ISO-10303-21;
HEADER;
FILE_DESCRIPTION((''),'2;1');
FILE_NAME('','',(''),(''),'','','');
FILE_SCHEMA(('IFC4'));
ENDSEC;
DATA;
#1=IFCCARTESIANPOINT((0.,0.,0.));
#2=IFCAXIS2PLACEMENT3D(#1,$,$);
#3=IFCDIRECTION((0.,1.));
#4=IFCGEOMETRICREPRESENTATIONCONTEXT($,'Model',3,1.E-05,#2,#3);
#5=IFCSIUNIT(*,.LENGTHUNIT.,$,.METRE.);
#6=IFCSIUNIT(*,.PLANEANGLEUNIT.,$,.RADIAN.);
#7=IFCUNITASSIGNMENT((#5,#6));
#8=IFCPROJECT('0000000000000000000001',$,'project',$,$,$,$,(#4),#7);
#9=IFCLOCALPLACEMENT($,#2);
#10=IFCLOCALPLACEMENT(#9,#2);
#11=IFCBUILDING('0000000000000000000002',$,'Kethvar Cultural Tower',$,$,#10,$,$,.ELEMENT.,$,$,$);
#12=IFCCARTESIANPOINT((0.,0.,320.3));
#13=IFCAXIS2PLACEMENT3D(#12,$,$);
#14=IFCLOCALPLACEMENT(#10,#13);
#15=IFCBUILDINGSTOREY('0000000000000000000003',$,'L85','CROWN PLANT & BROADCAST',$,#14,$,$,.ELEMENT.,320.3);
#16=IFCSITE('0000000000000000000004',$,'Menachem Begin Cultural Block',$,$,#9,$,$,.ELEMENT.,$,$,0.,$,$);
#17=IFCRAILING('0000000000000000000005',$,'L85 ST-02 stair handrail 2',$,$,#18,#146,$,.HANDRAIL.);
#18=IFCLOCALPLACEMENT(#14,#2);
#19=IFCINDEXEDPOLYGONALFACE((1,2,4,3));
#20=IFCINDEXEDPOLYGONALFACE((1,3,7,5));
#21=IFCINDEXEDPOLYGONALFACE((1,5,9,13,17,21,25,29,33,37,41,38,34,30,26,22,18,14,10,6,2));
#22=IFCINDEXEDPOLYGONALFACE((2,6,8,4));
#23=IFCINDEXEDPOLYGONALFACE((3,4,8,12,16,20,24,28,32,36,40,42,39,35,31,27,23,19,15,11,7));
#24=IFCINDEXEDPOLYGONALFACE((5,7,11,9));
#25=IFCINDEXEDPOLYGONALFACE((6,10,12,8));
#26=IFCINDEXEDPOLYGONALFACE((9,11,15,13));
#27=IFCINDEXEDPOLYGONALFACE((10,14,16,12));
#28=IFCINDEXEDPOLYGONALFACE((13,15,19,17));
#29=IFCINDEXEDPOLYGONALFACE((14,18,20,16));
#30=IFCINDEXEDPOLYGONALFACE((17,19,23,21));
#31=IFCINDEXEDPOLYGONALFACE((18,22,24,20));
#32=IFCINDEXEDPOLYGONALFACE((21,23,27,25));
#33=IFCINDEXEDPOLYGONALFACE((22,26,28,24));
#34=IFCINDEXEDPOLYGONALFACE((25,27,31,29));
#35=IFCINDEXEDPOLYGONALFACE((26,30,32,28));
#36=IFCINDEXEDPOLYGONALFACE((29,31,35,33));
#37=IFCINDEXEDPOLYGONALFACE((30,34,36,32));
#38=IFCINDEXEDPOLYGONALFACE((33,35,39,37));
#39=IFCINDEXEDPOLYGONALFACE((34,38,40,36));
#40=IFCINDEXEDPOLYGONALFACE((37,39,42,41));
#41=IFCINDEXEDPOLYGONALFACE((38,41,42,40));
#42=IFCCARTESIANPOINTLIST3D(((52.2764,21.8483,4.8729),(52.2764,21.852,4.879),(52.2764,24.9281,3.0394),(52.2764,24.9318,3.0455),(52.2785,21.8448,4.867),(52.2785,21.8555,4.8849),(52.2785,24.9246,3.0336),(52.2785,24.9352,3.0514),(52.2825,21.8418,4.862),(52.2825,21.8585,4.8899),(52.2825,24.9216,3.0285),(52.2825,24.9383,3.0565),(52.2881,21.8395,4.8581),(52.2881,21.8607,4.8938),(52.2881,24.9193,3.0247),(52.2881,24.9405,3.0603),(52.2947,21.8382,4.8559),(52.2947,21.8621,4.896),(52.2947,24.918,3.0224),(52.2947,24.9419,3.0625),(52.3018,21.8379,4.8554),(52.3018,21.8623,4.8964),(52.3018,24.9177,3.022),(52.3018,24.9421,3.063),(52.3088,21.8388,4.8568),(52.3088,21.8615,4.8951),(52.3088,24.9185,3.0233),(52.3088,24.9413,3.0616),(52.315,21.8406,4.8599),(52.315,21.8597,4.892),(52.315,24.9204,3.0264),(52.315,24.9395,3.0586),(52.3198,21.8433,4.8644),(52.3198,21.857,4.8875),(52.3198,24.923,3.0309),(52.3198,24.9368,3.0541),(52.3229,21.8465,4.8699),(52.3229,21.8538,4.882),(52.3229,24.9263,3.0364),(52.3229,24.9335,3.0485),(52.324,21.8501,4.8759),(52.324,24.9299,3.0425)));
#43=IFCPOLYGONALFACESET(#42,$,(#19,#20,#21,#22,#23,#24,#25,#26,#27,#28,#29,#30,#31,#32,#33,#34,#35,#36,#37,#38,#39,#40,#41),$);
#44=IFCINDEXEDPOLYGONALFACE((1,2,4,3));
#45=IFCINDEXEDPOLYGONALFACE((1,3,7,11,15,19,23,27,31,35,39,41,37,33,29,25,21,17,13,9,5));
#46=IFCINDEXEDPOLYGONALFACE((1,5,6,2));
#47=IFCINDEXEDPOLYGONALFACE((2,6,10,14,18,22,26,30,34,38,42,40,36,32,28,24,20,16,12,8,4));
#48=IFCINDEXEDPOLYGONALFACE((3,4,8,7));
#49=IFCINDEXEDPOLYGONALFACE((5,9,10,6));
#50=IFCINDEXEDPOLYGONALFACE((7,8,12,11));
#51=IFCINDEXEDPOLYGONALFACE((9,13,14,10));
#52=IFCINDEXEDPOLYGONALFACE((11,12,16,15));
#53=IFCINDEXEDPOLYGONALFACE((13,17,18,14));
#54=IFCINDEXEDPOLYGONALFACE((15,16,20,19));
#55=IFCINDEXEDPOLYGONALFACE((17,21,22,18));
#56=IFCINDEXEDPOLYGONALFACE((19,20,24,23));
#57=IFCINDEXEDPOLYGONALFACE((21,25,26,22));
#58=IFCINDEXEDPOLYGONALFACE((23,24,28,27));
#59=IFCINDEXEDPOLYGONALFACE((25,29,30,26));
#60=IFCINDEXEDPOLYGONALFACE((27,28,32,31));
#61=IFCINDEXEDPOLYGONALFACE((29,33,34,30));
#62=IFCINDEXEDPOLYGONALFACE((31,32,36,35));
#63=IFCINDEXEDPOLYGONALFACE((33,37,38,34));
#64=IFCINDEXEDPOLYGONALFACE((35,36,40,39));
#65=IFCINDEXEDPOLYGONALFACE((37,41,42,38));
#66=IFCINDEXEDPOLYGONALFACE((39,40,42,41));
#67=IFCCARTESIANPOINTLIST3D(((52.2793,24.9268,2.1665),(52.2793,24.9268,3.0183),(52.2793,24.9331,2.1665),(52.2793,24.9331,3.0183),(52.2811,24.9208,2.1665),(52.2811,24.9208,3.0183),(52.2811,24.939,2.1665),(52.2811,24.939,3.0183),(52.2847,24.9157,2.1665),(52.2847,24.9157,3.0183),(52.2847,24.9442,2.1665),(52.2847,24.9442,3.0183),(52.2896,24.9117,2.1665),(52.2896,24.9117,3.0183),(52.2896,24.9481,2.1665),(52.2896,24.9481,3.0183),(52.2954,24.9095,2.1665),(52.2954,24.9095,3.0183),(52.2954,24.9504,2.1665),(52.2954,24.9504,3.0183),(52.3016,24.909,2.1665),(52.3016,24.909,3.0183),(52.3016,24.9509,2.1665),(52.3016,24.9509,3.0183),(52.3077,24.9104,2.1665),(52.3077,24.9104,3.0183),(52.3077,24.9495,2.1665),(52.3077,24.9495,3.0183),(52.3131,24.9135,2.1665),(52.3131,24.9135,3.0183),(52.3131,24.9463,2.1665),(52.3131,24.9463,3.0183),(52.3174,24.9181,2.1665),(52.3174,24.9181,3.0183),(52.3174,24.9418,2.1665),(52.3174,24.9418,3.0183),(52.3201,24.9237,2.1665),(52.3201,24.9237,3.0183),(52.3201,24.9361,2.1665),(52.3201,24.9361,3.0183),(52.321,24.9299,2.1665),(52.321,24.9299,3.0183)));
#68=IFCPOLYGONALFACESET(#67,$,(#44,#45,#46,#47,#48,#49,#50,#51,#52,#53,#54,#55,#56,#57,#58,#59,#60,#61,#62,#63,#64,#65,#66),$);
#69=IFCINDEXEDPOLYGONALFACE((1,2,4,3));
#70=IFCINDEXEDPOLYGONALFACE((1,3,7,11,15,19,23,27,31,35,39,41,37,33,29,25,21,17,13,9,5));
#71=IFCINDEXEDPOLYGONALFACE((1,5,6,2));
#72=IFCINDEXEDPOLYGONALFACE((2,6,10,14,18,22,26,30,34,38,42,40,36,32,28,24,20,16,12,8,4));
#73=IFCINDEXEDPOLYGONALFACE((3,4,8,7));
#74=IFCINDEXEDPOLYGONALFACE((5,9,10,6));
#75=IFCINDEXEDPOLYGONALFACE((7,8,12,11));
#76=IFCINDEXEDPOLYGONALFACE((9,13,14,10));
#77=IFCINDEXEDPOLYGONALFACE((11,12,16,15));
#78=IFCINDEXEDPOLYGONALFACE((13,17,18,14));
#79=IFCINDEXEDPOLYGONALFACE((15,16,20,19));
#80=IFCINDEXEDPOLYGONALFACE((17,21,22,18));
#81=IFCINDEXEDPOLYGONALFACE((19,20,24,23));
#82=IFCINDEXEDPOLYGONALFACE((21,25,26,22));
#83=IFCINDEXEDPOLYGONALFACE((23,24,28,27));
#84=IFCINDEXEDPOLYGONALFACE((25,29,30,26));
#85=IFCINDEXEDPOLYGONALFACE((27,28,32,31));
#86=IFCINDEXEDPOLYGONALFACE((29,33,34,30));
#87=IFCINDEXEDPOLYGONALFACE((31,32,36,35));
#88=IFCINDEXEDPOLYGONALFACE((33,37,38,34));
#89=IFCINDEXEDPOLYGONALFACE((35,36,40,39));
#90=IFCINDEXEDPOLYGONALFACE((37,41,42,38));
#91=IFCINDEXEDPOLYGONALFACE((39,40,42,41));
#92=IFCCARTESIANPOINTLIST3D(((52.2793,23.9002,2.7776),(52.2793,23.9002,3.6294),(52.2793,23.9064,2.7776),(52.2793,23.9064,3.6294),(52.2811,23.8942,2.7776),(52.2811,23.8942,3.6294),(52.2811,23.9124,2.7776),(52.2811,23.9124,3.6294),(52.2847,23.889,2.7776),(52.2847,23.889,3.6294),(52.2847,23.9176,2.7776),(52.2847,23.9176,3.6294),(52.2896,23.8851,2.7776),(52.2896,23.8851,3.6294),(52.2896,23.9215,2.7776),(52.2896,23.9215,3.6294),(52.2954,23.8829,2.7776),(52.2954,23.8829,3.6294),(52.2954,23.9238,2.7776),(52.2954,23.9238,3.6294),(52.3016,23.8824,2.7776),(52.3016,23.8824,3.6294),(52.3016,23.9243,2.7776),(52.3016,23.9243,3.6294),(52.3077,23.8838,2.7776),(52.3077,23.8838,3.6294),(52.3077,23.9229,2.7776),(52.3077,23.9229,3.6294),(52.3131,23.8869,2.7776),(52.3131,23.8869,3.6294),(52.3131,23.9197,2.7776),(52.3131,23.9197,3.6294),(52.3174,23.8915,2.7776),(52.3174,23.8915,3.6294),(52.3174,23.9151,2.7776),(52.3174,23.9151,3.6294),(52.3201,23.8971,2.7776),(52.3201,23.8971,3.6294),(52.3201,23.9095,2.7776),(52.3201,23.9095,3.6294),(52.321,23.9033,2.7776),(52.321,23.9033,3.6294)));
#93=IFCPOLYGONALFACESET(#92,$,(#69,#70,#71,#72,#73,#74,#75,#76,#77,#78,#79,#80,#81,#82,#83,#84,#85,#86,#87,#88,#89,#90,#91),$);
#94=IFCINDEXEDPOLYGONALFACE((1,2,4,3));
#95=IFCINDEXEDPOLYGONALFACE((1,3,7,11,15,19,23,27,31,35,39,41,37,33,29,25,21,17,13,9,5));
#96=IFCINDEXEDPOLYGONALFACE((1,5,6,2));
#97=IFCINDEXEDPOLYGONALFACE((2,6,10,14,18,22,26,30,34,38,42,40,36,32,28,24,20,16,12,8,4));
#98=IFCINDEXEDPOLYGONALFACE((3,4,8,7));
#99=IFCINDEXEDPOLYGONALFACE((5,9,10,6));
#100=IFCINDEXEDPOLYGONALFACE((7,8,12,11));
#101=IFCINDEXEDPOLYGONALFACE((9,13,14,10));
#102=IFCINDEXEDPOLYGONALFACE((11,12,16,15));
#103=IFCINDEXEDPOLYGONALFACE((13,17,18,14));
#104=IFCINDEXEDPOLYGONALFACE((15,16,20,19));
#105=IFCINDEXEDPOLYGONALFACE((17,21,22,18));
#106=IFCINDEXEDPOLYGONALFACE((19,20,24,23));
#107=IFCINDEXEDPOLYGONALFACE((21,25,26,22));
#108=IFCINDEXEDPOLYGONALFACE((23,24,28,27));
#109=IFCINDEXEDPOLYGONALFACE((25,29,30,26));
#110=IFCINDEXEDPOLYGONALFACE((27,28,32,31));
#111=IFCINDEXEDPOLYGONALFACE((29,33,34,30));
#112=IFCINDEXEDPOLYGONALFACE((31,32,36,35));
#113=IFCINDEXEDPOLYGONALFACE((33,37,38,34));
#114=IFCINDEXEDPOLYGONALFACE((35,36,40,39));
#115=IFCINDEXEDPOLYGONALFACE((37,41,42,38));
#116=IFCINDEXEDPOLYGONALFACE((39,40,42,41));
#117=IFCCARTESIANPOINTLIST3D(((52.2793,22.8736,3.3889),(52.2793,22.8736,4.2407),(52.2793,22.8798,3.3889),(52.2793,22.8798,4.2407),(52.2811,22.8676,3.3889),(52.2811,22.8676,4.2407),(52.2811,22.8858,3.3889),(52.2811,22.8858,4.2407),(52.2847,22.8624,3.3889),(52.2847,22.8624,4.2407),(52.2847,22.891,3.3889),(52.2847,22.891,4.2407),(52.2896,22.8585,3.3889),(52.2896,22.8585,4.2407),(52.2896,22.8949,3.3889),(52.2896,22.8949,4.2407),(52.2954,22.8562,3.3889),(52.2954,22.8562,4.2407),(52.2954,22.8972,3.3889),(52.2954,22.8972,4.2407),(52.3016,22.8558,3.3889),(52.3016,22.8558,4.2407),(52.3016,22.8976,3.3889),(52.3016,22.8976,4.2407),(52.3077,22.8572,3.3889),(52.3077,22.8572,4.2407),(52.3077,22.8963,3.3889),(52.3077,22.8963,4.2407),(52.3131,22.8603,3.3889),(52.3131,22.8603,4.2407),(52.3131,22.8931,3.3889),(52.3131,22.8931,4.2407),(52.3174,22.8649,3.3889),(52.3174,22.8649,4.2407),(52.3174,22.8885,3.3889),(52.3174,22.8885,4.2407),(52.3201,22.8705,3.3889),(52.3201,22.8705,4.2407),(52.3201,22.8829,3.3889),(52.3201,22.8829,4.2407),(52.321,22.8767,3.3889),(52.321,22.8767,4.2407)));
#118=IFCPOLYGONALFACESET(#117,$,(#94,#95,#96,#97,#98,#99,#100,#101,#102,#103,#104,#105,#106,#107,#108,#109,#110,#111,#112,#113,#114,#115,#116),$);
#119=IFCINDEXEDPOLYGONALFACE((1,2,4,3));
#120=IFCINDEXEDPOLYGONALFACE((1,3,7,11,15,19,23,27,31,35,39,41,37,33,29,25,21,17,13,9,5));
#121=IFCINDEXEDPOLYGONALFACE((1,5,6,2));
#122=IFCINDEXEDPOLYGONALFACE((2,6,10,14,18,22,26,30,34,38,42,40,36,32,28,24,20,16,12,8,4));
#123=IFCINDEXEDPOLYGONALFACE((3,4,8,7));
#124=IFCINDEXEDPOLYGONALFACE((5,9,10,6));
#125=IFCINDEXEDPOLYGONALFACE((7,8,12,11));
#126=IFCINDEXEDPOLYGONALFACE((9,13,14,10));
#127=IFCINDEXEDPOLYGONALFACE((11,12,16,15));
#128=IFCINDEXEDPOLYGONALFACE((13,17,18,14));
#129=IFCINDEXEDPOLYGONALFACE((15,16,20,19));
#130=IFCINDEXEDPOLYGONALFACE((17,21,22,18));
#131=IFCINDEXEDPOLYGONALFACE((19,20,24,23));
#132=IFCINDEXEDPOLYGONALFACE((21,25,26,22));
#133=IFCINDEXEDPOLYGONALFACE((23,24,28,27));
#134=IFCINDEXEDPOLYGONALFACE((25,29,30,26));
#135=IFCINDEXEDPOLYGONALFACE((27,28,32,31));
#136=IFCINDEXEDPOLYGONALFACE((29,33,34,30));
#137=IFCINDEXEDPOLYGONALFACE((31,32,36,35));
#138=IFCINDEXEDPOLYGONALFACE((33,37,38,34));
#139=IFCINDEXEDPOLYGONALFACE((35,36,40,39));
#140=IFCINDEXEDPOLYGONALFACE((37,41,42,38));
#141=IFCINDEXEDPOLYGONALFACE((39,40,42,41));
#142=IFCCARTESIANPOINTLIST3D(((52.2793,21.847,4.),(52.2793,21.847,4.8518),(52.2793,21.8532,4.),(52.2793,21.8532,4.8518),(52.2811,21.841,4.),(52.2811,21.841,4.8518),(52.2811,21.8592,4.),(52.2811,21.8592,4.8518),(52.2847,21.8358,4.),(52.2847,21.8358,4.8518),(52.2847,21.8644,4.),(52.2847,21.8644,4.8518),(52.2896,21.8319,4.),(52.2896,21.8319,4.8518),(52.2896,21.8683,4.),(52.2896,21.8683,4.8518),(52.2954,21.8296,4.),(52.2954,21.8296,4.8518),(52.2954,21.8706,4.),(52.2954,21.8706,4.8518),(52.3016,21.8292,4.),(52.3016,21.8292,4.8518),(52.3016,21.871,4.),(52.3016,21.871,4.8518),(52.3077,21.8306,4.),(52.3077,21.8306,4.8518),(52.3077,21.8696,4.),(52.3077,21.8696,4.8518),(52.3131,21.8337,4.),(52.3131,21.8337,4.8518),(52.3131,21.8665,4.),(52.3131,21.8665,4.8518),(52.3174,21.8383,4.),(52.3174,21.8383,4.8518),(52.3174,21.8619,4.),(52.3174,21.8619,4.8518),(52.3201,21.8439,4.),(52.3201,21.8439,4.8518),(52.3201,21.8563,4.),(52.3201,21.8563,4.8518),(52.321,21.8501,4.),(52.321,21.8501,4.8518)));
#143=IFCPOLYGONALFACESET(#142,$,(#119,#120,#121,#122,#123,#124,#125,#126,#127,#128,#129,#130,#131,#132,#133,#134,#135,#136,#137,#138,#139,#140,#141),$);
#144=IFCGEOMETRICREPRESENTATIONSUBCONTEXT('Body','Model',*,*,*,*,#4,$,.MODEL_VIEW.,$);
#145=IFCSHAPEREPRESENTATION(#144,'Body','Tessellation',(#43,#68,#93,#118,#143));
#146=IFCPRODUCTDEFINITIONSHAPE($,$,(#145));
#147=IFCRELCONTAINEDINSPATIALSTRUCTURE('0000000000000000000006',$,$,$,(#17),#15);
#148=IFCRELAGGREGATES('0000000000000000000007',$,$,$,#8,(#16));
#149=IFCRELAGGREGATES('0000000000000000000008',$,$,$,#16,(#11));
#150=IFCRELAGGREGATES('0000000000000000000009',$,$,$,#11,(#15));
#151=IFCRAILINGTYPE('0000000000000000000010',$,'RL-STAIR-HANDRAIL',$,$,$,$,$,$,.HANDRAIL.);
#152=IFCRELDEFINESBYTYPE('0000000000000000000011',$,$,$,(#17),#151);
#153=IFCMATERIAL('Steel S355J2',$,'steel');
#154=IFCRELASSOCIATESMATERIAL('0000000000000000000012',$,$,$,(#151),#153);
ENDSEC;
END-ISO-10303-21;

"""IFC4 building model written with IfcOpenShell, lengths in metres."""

from ifc_helpers import new_model, si_unit, direction, frame, origin, origin_2d, place, context, subcontext, project, spatial, circle, extrude, material, type_object, element, save


model = new_model("IFC4")

# Units and contexts
model_context = context("Model", 3, precision=1e-05, world=origin(), true_north=direction((0.0, 1.0)))
body_context = subcontext(model_context, "Body", "Model", "MODEL_VIEW")
ifc_project = project(units=[si_unit("LENGTHUNIT", "METRE"), si_unit("PLANEANGLEUNIT", "RADIAN")], contexts=[model_context])

# Site, building, storey
site_placement = place(None, origin())
site = spatial("IfcSite", under=ifc_project, at=site_placement, Name="Menachem Begin Cultural Block", CompositionType="ELEMENT", RefElevation=0.0)
building_placement = place(site_placement, origin())
building = spatial("IfcBuilding", under=site, at=building_placement, Name="Kethvar Cultural Tower", CompositionType="ELEMENT")
storey_placement = place(building_placement, frame((0.0, 0.0, 320.3)))
storey = spatial("IfcBuildingStorey", under=building, at=storey_placement, Name="L85", Description="CROWN PLANT & BROADCAST", CompositionType="ELEMENT", Elevation=320.3)

# Shared definitions
ifc_material_1 = material(Name="Steel S355J2", Category="steel")

# Railing
railing_type_1 = type_object("IfcRailingType", Name="RL-STAIR-HANDRAIL", PredefinedType="HANDRAIL", material=ifc_material_1)
railing_1_placement = place(storey_placement, frame((52.3, 24.9299, 2.1665)))
element("IfcRailing", 1, at=railing_1_placement, inside=storey, type_object=railing_type_1, Name="L85 ST-02 stair handrail 2", PredefinedType="HANDRAIL", context=body_context, shape_type="SweptSolid", body=[
    extrude(circle(Radius=0.0239, at=origin_2d()), frame((0.0, 0.0, 0.876), z_axis=(0.0, -0.859261, 0.511538), x_axis=(1.0, 0.0, 0.0)), (0.0, 0.0, 1.0), 3.5842),
    extrude(circle(Radius=0.021, at=origin_2d()), origin(), (0.0, 0.0, 1.0), 0.8518),
    extrude(circle(Radius=0.021, at=origin_2d()), frame((0.0, -1.0266, 0.6111)), (0.0, 0.0, 1.0), 0.8518),
    extrude(circle(Radius=0.021, at=origin_2d()), frame((0.0, -2.0532, 1.2224)), (0.0, 0.0, 1.0), 0.8518),
    extrude(circle(Radius=0.021, at=origin_2d()), frame((0.0, -3.0798, 1.8335)), (0.0, 0.0, 1.0), 0.8518),
])

save(model, "model.ifc")
